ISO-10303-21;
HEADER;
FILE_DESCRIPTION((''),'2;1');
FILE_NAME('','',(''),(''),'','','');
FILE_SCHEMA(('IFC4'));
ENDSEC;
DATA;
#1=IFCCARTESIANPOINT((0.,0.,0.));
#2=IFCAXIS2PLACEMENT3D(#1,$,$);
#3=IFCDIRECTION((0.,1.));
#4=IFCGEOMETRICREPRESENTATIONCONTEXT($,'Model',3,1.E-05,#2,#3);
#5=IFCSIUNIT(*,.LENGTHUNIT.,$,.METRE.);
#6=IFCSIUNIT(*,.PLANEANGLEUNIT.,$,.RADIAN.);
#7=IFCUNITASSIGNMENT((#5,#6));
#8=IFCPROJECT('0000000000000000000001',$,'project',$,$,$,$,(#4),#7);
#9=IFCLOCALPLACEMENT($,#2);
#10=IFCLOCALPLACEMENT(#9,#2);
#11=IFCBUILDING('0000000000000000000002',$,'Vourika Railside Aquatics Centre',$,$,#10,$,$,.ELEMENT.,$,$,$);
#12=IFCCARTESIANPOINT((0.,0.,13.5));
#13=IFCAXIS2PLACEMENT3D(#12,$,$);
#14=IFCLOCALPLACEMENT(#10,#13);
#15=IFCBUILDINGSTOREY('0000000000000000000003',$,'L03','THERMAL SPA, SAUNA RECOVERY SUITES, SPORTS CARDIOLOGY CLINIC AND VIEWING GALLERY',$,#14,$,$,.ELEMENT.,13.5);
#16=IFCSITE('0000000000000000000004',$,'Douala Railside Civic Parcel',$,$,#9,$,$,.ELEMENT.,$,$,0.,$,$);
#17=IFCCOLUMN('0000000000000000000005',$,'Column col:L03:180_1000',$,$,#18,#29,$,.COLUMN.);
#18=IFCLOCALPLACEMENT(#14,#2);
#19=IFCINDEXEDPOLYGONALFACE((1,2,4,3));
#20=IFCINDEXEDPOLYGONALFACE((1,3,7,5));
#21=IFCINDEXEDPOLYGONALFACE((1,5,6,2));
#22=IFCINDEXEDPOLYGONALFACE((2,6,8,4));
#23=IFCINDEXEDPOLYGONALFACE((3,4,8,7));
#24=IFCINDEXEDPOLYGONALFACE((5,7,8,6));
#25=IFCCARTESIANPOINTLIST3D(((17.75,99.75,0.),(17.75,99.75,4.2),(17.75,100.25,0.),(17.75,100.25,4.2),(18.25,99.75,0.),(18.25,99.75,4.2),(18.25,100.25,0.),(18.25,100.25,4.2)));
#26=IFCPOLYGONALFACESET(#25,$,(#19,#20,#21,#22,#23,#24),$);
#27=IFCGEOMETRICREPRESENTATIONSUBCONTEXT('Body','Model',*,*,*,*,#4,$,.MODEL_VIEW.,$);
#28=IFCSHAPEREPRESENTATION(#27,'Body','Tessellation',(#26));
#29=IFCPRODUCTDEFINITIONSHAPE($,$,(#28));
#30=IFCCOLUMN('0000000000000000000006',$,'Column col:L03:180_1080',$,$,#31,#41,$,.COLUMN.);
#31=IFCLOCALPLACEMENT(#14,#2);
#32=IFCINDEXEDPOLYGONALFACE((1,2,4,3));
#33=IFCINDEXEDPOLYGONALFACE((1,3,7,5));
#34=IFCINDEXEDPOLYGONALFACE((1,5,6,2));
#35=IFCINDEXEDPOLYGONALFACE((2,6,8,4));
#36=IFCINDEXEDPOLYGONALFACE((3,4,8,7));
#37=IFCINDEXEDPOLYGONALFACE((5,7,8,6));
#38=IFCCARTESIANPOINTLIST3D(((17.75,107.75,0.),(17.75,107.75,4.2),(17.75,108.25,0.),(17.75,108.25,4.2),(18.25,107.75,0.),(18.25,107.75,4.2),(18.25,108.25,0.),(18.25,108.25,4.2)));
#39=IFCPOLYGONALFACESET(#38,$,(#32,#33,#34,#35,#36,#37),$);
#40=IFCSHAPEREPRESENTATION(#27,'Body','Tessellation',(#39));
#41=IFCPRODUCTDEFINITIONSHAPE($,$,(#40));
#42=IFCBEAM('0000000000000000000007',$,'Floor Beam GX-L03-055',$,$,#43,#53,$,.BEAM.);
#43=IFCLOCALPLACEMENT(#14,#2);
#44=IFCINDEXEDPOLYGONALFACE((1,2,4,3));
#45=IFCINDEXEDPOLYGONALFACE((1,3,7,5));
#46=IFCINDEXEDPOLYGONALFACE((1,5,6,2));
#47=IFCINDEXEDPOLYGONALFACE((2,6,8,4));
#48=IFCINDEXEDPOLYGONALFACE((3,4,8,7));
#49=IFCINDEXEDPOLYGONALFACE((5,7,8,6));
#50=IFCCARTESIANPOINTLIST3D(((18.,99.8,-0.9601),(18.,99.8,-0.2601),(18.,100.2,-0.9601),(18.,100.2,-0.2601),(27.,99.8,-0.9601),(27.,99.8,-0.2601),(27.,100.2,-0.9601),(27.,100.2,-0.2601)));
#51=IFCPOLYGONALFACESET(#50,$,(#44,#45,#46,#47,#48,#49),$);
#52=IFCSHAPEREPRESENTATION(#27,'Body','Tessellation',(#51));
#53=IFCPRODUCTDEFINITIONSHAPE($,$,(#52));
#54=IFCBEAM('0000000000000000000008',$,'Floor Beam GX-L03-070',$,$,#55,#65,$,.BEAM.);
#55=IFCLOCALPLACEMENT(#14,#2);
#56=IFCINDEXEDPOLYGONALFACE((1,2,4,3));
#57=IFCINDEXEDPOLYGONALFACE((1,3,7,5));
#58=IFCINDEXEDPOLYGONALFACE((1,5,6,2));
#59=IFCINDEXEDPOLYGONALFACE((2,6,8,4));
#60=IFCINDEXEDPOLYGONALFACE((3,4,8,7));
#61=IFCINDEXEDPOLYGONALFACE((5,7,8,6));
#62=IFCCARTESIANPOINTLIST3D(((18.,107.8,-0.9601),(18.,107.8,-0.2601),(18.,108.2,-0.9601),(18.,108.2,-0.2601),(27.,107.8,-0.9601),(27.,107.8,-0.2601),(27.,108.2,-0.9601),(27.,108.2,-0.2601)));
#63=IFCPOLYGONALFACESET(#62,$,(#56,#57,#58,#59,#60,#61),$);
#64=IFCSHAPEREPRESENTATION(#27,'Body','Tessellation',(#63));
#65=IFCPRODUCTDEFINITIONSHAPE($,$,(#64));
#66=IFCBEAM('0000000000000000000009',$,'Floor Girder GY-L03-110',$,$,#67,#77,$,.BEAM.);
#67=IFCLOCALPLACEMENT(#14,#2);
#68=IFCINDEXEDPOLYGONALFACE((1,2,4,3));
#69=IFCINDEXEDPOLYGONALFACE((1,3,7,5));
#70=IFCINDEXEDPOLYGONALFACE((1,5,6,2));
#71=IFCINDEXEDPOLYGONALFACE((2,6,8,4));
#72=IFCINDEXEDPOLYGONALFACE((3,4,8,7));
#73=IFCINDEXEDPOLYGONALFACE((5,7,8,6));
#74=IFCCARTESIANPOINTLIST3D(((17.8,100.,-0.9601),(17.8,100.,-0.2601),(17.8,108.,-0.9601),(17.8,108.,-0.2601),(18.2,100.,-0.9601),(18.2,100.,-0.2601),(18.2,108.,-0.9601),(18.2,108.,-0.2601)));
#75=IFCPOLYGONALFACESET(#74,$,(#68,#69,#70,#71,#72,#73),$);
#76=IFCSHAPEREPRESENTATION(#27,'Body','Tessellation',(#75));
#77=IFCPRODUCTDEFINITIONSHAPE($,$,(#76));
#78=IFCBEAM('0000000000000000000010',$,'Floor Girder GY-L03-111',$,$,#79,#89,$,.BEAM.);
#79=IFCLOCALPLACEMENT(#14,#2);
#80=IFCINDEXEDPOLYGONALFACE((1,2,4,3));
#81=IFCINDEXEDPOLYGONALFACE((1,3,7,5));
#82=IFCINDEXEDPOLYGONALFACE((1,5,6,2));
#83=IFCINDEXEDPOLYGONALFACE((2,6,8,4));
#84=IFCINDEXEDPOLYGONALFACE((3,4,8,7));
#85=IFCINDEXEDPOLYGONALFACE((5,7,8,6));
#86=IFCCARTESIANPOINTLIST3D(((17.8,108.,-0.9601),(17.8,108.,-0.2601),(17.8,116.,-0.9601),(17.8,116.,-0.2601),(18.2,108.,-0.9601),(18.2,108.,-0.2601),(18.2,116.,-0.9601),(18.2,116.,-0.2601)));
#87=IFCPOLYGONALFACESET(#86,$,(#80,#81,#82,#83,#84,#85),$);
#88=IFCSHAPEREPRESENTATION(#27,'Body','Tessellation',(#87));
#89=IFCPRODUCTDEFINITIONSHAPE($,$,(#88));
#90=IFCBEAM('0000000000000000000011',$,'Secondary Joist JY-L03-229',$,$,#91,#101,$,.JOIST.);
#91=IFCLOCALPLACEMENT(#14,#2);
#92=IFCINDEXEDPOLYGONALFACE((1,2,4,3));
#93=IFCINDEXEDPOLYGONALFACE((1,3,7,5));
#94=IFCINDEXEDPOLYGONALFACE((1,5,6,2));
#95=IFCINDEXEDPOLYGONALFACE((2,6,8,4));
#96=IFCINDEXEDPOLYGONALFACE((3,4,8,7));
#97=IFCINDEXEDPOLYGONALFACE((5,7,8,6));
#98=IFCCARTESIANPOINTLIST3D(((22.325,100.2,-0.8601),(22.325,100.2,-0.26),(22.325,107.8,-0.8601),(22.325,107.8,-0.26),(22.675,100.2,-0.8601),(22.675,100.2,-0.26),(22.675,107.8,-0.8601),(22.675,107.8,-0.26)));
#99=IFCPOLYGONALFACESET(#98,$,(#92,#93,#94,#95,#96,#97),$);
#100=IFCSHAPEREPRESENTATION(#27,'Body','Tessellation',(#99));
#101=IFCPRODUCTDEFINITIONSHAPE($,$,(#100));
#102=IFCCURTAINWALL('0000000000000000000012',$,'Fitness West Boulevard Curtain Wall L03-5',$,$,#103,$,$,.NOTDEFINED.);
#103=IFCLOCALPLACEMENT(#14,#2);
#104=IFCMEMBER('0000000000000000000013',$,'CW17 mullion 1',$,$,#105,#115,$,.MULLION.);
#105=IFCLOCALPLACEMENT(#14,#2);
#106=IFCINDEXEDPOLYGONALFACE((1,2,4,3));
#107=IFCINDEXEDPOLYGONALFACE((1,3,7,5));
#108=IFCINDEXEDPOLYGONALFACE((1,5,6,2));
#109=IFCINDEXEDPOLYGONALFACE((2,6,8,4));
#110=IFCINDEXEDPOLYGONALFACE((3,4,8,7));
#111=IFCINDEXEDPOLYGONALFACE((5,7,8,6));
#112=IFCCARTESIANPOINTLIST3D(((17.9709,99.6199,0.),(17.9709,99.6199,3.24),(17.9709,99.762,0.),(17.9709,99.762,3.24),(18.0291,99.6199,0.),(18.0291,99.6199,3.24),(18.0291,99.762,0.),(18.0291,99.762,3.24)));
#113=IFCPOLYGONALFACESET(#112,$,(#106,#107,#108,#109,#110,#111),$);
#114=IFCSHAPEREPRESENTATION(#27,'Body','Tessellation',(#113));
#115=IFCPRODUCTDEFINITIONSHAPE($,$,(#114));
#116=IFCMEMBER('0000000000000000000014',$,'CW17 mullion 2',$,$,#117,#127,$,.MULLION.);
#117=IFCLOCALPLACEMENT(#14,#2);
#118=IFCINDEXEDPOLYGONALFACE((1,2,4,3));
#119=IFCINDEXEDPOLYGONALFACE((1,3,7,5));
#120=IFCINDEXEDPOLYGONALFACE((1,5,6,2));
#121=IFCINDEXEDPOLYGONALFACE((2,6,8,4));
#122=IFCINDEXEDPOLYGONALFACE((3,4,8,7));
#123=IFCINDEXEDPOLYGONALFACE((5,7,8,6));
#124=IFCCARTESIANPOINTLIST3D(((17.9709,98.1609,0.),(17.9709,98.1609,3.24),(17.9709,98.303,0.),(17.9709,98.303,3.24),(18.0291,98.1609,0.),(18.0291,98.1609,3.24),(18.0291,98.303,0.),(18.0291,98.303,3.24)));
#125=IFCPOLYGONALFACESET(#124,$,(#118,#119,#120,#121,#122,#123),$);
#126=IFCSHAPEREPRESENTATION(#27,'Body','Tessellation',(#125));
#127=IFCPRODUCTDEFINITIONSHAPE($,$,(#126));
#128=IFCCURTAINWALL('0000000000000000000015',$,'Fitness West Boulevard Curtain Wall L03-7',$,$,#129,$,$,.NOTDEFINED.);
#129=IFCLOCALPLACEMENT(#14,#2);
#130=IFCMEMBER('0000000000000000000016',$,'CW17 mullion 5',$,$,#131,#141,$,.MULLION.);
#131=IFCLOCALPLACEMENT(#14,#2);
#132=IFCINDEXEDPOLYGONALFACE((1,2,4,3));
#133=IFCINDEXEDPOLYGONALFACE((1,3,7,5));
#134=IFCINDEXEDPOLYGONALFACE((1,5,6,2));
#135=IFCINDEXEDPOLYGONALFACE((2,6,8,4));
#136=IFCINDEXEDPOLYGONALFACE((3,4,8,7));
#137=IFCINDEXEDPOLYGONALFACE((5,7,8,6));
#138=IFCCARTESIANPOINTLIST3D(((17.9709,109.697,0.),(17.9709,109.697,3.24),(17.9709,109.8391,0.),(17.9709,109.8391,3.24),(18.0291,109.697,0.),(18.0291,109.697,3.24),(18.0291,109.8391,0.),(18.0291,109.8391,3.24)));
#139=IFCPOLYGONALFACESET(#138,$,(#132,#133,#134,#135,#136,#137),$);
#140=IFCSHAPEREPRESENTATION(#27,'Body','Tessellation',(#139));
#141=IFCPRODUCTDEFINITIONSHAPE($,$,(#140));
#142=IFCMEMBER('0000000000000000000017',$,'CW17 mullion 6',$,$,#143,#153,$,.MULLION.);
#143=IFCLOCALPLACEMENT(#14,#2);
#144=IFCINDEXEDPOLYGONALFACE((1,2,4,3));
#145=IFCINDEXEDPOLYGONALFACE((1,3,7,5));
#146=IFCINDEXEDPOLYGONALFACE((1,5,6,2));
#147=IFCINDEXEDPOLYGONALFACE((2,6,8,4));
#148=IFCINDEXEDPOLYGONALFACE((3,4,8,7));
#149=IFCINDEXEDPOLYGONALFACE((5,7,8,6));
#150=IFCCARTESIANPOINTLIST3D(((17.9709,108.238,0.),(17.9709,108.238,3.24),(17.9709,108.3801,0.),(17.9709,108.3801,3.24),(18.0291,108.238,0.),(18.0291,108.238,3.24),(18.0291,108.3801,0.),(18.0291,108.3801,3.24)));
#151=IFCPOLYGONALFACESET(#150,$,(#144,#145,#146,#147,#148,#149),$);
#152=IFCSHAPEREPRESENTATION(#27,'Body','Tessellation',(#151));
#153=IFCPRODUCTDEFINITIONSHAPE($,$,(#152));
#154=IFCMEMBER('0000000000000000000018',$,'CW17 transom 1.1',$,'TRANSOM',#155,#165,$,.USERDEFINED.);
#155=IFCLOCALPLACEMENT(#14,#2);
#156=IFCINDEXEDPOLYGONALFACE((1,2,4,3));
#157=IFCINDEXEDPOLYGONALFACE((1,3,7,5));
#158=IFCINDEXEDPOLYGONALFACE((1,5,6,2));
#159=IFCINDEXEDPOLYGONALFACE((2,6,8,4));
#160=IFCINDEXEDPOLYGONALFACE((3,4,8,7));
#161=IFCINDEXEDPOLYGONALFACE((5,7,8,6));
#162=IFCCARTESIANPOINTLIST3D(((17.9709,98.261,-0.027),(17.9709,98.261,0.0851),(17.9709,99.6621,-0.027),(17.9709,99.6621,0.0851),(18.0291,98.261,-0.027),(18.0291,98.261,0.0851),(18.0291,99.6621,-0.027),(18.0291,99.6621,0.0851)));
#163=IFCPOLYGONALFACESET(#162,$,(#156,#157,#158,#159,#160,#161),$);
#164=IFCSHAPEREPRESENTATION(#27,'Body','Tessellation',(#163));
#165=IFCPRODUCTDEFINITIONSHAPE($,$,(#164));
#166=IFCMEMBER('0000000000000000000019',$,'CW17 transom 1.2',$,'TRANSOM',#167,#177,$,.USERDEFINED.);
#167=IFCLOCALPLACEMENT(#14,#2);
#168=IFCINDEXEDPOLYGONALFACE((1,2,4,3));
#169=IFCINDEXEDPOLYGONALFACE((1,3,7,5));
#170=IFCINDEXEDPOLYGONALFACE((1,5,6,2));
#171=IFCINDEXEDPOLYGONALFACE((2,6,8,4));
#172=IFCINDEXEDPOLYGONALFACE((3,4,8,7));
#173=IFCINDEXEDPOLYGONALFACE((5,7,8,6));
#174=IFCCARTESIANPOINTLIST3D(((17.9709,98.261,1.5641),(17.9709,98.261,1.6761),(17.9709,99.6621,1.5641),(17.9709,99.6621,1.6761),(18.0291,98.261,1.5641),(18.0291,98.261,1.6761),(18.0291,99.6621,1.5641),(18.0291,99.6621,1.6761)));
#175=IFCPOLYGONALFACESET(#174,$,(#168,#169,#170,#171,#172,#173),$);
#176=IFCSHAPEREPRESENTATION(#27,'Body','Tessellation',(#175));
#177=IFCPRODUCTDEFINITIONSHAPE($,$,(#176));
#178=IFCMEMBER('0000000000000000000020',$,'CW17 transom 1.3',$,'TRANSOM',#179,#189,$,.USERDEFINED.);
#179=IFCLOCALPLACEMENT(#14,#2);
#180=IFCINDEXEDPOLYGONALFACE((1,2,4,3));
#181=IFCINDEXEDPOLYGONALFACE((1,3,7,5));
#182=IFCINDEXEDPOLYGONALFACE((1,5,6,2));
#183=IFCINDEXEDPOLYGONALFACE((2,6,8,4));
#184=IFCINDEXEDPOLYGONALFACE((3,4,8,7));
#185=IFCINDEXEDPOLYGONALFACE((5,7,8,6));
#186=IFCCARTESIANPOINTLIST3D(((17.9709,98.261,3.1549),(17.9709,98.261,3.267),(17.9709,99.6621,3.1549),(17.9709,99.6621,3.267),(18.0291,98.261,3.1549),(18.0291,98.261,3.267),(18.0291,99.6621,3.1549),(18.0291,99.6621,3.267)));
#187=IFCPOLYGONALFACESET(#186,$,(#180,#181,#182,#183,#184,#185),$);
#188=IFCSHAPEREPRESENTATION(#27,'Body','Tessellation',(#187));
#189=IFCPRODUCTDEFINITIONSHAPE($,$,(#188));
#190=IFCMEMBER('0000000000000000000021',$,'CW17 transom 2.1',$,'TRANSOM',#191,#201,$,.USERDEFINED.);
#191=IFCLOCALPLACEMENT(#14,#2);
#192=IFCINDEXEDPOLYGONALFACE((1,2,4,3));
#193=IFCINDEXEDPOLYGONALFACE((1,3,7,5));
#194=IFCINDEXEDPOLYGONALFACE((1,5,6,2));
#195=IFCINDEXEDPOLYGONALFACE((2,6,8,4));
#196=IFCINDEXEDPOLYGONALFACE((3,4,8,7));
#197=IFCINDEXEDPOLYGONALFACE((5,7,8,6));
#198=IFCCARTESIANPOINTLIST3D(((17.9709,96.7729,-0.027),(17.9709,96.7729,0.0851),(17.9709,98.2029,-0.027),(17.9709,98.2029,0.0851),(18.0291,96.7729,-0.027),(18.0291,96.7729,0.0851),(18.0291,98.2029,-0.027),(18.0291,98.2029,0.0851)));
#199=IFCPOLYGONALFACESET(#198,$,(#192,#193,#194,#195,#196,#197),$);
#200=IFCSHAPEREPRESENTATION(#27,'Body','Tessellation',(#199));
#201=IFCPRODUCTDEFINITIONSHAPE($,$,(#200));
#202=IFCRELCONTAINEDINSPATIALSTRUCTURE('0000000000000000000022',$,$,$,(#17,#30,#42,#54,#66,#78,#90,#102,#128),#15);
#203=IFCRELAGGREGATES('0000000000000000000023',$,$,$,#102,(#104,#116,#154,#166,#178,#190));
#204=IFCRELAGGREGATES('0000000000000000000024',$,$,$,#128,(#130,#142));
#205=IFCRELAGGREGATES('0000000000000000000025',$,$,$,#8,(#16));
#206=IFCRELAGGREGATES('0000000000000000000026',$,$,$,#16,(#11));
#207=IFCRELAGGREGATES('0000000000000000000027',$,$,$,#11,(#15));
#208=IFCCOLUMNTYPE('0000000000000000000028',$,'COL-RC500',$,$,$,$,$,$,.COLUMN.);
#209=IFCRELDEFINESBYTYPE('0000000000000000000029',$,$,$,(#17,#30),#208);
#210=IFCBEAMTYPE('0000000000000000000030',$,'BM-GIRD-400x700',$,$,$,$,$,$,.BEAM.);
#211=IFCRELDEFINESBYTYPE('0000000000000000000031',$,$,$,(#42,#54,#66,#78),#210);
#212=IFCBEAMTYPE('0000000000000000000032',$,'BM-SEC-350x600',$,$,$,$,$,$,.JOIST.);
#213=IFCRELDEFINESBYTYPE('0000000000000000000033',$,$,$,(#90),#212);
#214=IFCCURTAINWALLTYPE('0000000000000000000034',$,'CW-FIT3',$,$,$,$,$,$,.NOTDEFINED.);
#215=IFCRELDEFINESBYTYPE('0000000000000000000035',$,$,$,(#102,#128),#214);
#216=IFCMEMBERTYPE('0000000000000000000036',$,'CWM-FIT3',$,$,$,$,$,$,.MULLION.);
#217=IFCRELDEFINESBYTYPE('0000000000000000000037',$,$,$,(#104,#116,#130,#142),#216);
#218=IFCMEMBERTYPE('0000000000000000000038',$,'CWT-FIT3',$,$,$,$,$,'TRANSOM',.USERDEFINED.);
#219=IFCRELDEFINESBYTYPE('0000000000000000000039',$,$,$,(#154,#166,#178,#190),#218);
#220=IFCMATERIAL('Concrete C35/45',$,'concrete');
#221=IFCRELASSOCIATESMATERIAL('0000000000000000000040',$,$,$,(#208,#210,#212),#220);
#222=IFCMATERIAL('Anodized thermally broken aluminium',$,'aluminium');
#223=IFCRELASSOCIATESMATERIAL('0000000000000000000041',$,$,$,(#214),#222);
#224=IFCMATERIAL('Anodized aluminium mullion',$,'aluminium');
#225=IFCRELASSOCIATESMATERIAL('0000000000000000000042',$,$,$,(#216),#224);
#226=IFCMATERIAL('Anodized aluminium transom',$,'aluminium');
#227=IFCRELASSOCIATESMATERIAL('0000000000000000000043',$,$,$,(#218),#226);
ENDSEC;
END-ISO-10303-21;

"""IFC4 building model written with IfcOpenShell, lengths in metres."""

from ifc_helpers import new_model, si_unit, direction, frame, origin, origin_2d, place, context, subcontext, project, spatial, rectangle, extrude, material, material_profile, profile_set, type_object, element, aggregate, save


model = new_model("IFC4")

# Units and contexts
model_context = context("Model", 3, precision=1e-05, world=origin(), true_north=direction((0.0, 1.0)))
body_context = subcontext(model_context, "Body", "Model", "MODEL_VIEW")
ifc_project = project(units=[si_unit("LENGTHUNIT", "METRE"), si_unit("PLANEANGLEUNIT", "RADIAN")], contexts=[model_context])

# Site, building, storey
site_placement = place(None, origin())
site = spatial("IfcSite", under=ifc_project, at=site_placement, Name="Douala Railside Civic Parcel", CompositionType="ELEMENT", RefElevation=0.0)
building_placement = place(site_placement, origin())
building = spatial("IfcBuilding", under=site, at=building_placement, Name="Vourika Railside Aquatics Centre", CompositionType="ELEMENT")
storey_placement = place(building_placement, frame((0.0, 0.0, 13.5)))
storey = spatial("IfcBuildingStorey", under=building, at=storey_placement, Name="L03", Description="THERMAL SPA, SAUNA RECOVERY SUITES, SPORTS CARDIOLOGY CLINIC AND VIEWING GALLERY", CompositionType="ELEMENT", Elevation=13.5)

# Columns
ifc_material_1 = material(Name="Concrete C35/45", Category="concrete")
ifc_material_profile_1 = material_profile(ifc_material_1, rectangle(XDim=0.5, YDim=0.5, at=origin_2d()), Name="RC 500x500")
ifc_profile_set_1 = profile_set([ifc_material_profile_1], Name="Concrete C35/45")
column_type = type_object("IfcColumnType", Name="COL-RC500", PredefinedType="COLUMN", material=ifc_profile_set_1)
for number, where, z_axis, x_axis, name in (
    (1, (18.0, 100.0, 0.0), (0.0, 0.0, 1.0), (1.0, 0.0, 0.0), "Column col:L03:180_1000"),
    (2, (18.0, 108.0, 0.0), (0.0, 0.0, 1.0), (1.0, 0.0, 0.0), "Column col:L03:180_1080"),
):
    element("IfcColumn", number, at=place(storey_placement, frame(where, z_axis=z_axis, x_axis=x_axis)), inside=storey, type_object=column_type, Name=name, PredefinedType="COLUMN", context=body_context, shape_type="SweptSolid", body=[
        extrude(rectangle(XDim=0.5, YDim=0.5, at=origin_2d()), origin(), (0.0, 0.0, 1.0), 4.2),
    ])

# Beams
ifc_material_profile_2 = material_profile(ifc_material_1, rectangle(XDim=0.3999, YDim=0.7, at=origin_2d()), Name="RC 400x700")
ifc_profile_set_2 = profile_set([ifc_material_profile_2], Name="Concrete C35/45")
beam_type_1 = type_object("IfcBeamType", Name="BM-GIRD-400x700", PredefinedType="BEAM", material=ifc_profile_set_2)
for number, where, z_axis, x_axis, name in (
    (3, (18.0, 100.0, -0.6101), (1.0, 0.0, 0.0), (0.0, 1.0, 0.0), "Floor Beam GX-L03-055"),
    (4, (18.0, 108.0, -0.6101), (1.0, 0.0, 0.0), (0.0, 1.0, 0.0), "Floor Beam GX-L03-070"),
):
    element("IfcBeam", number, at=place(storey_placement, frame(where, z_axis=z_axis, x_axis=x_axis)), inside=storey, type_object=beam_type_1, Name=name, PredefinedType="BEAM", context=body_context, shape_type="SweptSolid", body=[
        extrude(rectangle(XDim=0.3999, YDim=0.7, at=origin_2d()), origin(), (0.0, 0.0, 1.0), 9.0),
    ])
for number, where, z_axis, x_axis, name in (
    (5, (18.0, 100.0, -0.6101), (0.0, 1.0, 0.0), (-1.0, 0.0, 0.0), "Floor Girder GY-L03-110"),
    (6, (18.0, 108.0, -0.6101), (0.0, 1.0, 0.0), (-1.0, 0.0, 0.0), "Floor Girder GY-L03-111"),
):
    element("IfcBeam", number, at=place(storey_placement, frame(where, z_axis=z_axis, x_axis=x_axis)), inside=storey, type_object=beam_type_1, Name=name, PredefinedType="BEAM", context=body_context, shape_type="SweptSolid", body=[
        extrude(rectangle(XDim=0.3999, YDim=0.7, at=origin_2d()), origin(), (0.0, 0.0, 1.0), 8.0),
    ])
ifc_material_profile_3 = material_profile(ifc_material_1, rectangle(XDim=0.3501, YDim=0.6001, at=origin_2d()), Name="RC 350x600")
ifc_profile_set_3 = profile_set([ifc_material_profile_3], Name="Concrete C35/45")
beam_type_2 = type_object("IfcBeamType", Name="BM-SEC-350x600", PredefinedType="JOIST", material=ifc_profile_set_3)
beam_placement = place(storey_placement, frame((22.5, 100.2, -0.5601), z_axis=(0.0, 1.0, 0.0), x_axis=(-1.0, 0.0, 0.0)))
element("IfcBeam", 7, at=beam_placement, inside=storey, type_object=beam_type_2, Name="Secondary Joist JY-L03-229", PredefinedType="JOIST", context=body_context, shape_type="SweptSolid", body=[
    extrude(rectangle(XDim=0.3501, YDim=0.6001, at=origin_2d()), origin(), (0.0, 0.0, 1.0), 7.6001),
])

# Curtain walls, members
ifc_material_2 = material(Name="Anodized thermally broken aluminium", Category="aluminium")
curtain_wall_type = type_object("IfcCurtainWallType", Name="CW-FIT3", PredefinedType="NOTDEFINED", material=ifc_material_2)
curtain_wall_1_placement = place(storey_placement, origin())
curtain_wall_1 = element("IfcCurtainWall", 8, at=curtain_wall_1_placement, inside=storey, type_object=curtain_wall_type, Name="Fitness West Boulevard Curtain Wall L03-5", PredefinedType="NOTDEFINED")
ifc_material_3 = material(Name="Anodized aluminium mullion", Category="aluminium")
ifc_material_profile_4 = material_profile(ifc_material_3, rectangle(XDim=0.0581, YDim=0.1421, at=origin_2d()), Name="ALU-M 58x142")
ifc_profile_set_4 = profile_set([ifc_material_profile_4], Name="Anodized aluminium mullion")
member_type_1 = type_object("IfcMemberType", Name="CWM-FIT3", PredefinedType="MULLION", material=ifc_profile_set_4)
member_1_placement = place(storey_placement, frame((18.0, 99.6909, 0.0), z_axis=(0.0, 0.0, 1.0), x_axis=(1.0, 0.0, 0.0)))
member_1 = element("IfcMember", 9, at=member_1_placement, type_object=member_type_1, Name="CW17 mullion 1", PredefinedType="MULLION", context=body_context, shape_type="SweptSolid", body=[
    extrude(rectangle(XDim=0.0581, YDim=0.1421, at=origin_2d()), origin(), (0.0, 0.0, 1.0), 3.24),
])
member_2_placement = place(storey_placement, frame((18.0, 98.2319, 0.0), z_axis=(0.0, 0.0, 1.0), x_axis=(1.0, 0.0, 0.0)))
member_2 = element("IfcMember", 10, at=member_2_placement, type_object=member_type_1, Name="CW17 mullion 2", PredefinedType="MULLION", context=body_context, shape_type="SweptSolid", body=[
    extrude(rectangle(XDim=0.0581, YDim=0.1421, at=origin_2d()), origin(), (0.0, 0.0, 1.0), 3.24),
])
curtain_wall_2_placement = place(storey_placement, origin())
curtain_wall_2 = element("IfcCurtainWall", 11, at=curtain_wall_2_placement, inside=storey, type_object=curtain_wall_type, Name="Fitness West Boulevard Curtain Wall L03-7", PredefinedType="NOTDEFINED")
member_3_placement = place(storey_placement, frame((18.0, 109.7681, 0.0), z_axis=(0.0, 0.0, 1.0), x_axis=(1.0, 0.0, 0.0)))
member_3 = element("IfcMember", 12, at=member_3_placement, type_object=member_type_1, Name="CW17 mullion 5", PredefinedType="MULLION", context=body_context, shape_type="SweptSolid", body=[
    extrude(rectangle(XDim=0.0581, YDim=0.1421, at=origin_2d()), origin(), (0.0, 0.0, 1.0), 3.24),
])
member_4_placement = place(storey_placement, frame((18.0, 108.3091, 0.0), z_axis=(0.0, 0.0, 1.0), x_axis=(1.0, 0.0, 0.0)))
member_4 = element("IfcMember", 13, at=member_4_placement, type_object=member_type_1, Name="CW17 mullion 6", PredefinedType="MULLION", context=body_context, shape_type="SweptSolid", body=[
    extrude(rectangle(XDim=0.0581, YDim=0.1421, at=origin_2d()), origin(), (0.0, 0.0, 1.0), 3.24),
])

# Members
ifc_material_4 = material(Name="Anodized aluminium transom", Category="aluminium")
ifc_material_profile_5 = material_profile(ifc_material_4, rectangle(XDim=0.0581, YDim=0.1121, at=origin_2d()), Name="ALU-T 58x112")
ifc_profile_set_5 = profile_set([ifc_material_profile_5], Name="Anodized aluminium transom")
member_type_2 = type_object("IfcMemberType", Name="CWT-FIT3", ElementType="TRANSOM", PredefinedType="USERDEFINED", material=ifc_profile_set_5)
member_5_placement = place(storey_placement, frame((18.0, 99.6621, 0.0291), z_axis=(0.0, -1.0, 0.0), x_axis=(1.0, 0.0, 0.0)))
member_5 = element("IfcMember", 14, at=member_5_placement, type_object=member_type_2, Name="CW17 transom 1.1", ObjectType="TRANSOM", PredefinedType="USERDEFINED", context=body_context, shape_type="SweptSolid", body=[
    extrude(rectangle(XDim=0.0581, YDim=0.1121, at=origin_2d()), origin(), (0.0, 0.0, 1.0), 1.4011),
])
member_6_placement = place(storey_placement, frame((18.0, 99.6621, 1.6201), z_axis=(0.0, -1.0, 0.0), x_axis=(1.0, 0.0, 0.0)))
member_6 = element("IfcMember", 15, at=member_6_placement, type_object=member_type_2, Name="CW17 transom 1.2", ObjectType="TRANSOM", PredefinedType="USERDEFINED", context=body_context, shape_type="SweptSolid", body=[
    extrude(rectangle(XDim=0.0581, YDim=0.1121, at=origin_2d()), origin(), (0.0, 0.0, 1.0), 1.4011),
])
member_7_placement = place(storey_placement, frame((18.0, 99.6621, 3.2109), z_axis=(0.0, -1.0, 0.0), x_axis=(1.0, 0.0, 0.0)))
member_7 = element("IfcMember", 16, at=member_7_placement, type_object=member_type_2, Name="CW17 transom 1.3", ObjectType="TRANSOM", PredefinedType="USERDEFINED", context=body_context, shape_type="SweptSolid", body=[
    extrude(rectangle(XDim=0.0581, YDim=0.1121, at=origin_2d()), origin(), (0.0, 0.0, 1.0), 1.4011),
])
member_8_placement = place(storey_placement, frame((18.0, 98.2029, 0.0291), z_axis=(0.0, -1.0, 0.0), x_axis=(1.0, 0.0, 0.0)))
member_8 = element("IfcMember", 17, at=member_8_placement, type_object=member_type_2, Name="CW17 transom 2.1", ObjectType="TRANSOM", PredefinedType="USERDEFINED", context=body_context, shape_type="SweptSolid", body=[
    extrude(rectangle(XDim=0.0581, YDim=0.1121, at=origin_2d()), origin(), (0.0, 0.0, 1.0), 1.4299),
])

aggregate(curtain_wall_1, [member_1, member_2, member_5, member_6, member_7, member_8])
aggregate(curtain_wall_2, [member_3, member_4])

save(model, "model.ifc")
